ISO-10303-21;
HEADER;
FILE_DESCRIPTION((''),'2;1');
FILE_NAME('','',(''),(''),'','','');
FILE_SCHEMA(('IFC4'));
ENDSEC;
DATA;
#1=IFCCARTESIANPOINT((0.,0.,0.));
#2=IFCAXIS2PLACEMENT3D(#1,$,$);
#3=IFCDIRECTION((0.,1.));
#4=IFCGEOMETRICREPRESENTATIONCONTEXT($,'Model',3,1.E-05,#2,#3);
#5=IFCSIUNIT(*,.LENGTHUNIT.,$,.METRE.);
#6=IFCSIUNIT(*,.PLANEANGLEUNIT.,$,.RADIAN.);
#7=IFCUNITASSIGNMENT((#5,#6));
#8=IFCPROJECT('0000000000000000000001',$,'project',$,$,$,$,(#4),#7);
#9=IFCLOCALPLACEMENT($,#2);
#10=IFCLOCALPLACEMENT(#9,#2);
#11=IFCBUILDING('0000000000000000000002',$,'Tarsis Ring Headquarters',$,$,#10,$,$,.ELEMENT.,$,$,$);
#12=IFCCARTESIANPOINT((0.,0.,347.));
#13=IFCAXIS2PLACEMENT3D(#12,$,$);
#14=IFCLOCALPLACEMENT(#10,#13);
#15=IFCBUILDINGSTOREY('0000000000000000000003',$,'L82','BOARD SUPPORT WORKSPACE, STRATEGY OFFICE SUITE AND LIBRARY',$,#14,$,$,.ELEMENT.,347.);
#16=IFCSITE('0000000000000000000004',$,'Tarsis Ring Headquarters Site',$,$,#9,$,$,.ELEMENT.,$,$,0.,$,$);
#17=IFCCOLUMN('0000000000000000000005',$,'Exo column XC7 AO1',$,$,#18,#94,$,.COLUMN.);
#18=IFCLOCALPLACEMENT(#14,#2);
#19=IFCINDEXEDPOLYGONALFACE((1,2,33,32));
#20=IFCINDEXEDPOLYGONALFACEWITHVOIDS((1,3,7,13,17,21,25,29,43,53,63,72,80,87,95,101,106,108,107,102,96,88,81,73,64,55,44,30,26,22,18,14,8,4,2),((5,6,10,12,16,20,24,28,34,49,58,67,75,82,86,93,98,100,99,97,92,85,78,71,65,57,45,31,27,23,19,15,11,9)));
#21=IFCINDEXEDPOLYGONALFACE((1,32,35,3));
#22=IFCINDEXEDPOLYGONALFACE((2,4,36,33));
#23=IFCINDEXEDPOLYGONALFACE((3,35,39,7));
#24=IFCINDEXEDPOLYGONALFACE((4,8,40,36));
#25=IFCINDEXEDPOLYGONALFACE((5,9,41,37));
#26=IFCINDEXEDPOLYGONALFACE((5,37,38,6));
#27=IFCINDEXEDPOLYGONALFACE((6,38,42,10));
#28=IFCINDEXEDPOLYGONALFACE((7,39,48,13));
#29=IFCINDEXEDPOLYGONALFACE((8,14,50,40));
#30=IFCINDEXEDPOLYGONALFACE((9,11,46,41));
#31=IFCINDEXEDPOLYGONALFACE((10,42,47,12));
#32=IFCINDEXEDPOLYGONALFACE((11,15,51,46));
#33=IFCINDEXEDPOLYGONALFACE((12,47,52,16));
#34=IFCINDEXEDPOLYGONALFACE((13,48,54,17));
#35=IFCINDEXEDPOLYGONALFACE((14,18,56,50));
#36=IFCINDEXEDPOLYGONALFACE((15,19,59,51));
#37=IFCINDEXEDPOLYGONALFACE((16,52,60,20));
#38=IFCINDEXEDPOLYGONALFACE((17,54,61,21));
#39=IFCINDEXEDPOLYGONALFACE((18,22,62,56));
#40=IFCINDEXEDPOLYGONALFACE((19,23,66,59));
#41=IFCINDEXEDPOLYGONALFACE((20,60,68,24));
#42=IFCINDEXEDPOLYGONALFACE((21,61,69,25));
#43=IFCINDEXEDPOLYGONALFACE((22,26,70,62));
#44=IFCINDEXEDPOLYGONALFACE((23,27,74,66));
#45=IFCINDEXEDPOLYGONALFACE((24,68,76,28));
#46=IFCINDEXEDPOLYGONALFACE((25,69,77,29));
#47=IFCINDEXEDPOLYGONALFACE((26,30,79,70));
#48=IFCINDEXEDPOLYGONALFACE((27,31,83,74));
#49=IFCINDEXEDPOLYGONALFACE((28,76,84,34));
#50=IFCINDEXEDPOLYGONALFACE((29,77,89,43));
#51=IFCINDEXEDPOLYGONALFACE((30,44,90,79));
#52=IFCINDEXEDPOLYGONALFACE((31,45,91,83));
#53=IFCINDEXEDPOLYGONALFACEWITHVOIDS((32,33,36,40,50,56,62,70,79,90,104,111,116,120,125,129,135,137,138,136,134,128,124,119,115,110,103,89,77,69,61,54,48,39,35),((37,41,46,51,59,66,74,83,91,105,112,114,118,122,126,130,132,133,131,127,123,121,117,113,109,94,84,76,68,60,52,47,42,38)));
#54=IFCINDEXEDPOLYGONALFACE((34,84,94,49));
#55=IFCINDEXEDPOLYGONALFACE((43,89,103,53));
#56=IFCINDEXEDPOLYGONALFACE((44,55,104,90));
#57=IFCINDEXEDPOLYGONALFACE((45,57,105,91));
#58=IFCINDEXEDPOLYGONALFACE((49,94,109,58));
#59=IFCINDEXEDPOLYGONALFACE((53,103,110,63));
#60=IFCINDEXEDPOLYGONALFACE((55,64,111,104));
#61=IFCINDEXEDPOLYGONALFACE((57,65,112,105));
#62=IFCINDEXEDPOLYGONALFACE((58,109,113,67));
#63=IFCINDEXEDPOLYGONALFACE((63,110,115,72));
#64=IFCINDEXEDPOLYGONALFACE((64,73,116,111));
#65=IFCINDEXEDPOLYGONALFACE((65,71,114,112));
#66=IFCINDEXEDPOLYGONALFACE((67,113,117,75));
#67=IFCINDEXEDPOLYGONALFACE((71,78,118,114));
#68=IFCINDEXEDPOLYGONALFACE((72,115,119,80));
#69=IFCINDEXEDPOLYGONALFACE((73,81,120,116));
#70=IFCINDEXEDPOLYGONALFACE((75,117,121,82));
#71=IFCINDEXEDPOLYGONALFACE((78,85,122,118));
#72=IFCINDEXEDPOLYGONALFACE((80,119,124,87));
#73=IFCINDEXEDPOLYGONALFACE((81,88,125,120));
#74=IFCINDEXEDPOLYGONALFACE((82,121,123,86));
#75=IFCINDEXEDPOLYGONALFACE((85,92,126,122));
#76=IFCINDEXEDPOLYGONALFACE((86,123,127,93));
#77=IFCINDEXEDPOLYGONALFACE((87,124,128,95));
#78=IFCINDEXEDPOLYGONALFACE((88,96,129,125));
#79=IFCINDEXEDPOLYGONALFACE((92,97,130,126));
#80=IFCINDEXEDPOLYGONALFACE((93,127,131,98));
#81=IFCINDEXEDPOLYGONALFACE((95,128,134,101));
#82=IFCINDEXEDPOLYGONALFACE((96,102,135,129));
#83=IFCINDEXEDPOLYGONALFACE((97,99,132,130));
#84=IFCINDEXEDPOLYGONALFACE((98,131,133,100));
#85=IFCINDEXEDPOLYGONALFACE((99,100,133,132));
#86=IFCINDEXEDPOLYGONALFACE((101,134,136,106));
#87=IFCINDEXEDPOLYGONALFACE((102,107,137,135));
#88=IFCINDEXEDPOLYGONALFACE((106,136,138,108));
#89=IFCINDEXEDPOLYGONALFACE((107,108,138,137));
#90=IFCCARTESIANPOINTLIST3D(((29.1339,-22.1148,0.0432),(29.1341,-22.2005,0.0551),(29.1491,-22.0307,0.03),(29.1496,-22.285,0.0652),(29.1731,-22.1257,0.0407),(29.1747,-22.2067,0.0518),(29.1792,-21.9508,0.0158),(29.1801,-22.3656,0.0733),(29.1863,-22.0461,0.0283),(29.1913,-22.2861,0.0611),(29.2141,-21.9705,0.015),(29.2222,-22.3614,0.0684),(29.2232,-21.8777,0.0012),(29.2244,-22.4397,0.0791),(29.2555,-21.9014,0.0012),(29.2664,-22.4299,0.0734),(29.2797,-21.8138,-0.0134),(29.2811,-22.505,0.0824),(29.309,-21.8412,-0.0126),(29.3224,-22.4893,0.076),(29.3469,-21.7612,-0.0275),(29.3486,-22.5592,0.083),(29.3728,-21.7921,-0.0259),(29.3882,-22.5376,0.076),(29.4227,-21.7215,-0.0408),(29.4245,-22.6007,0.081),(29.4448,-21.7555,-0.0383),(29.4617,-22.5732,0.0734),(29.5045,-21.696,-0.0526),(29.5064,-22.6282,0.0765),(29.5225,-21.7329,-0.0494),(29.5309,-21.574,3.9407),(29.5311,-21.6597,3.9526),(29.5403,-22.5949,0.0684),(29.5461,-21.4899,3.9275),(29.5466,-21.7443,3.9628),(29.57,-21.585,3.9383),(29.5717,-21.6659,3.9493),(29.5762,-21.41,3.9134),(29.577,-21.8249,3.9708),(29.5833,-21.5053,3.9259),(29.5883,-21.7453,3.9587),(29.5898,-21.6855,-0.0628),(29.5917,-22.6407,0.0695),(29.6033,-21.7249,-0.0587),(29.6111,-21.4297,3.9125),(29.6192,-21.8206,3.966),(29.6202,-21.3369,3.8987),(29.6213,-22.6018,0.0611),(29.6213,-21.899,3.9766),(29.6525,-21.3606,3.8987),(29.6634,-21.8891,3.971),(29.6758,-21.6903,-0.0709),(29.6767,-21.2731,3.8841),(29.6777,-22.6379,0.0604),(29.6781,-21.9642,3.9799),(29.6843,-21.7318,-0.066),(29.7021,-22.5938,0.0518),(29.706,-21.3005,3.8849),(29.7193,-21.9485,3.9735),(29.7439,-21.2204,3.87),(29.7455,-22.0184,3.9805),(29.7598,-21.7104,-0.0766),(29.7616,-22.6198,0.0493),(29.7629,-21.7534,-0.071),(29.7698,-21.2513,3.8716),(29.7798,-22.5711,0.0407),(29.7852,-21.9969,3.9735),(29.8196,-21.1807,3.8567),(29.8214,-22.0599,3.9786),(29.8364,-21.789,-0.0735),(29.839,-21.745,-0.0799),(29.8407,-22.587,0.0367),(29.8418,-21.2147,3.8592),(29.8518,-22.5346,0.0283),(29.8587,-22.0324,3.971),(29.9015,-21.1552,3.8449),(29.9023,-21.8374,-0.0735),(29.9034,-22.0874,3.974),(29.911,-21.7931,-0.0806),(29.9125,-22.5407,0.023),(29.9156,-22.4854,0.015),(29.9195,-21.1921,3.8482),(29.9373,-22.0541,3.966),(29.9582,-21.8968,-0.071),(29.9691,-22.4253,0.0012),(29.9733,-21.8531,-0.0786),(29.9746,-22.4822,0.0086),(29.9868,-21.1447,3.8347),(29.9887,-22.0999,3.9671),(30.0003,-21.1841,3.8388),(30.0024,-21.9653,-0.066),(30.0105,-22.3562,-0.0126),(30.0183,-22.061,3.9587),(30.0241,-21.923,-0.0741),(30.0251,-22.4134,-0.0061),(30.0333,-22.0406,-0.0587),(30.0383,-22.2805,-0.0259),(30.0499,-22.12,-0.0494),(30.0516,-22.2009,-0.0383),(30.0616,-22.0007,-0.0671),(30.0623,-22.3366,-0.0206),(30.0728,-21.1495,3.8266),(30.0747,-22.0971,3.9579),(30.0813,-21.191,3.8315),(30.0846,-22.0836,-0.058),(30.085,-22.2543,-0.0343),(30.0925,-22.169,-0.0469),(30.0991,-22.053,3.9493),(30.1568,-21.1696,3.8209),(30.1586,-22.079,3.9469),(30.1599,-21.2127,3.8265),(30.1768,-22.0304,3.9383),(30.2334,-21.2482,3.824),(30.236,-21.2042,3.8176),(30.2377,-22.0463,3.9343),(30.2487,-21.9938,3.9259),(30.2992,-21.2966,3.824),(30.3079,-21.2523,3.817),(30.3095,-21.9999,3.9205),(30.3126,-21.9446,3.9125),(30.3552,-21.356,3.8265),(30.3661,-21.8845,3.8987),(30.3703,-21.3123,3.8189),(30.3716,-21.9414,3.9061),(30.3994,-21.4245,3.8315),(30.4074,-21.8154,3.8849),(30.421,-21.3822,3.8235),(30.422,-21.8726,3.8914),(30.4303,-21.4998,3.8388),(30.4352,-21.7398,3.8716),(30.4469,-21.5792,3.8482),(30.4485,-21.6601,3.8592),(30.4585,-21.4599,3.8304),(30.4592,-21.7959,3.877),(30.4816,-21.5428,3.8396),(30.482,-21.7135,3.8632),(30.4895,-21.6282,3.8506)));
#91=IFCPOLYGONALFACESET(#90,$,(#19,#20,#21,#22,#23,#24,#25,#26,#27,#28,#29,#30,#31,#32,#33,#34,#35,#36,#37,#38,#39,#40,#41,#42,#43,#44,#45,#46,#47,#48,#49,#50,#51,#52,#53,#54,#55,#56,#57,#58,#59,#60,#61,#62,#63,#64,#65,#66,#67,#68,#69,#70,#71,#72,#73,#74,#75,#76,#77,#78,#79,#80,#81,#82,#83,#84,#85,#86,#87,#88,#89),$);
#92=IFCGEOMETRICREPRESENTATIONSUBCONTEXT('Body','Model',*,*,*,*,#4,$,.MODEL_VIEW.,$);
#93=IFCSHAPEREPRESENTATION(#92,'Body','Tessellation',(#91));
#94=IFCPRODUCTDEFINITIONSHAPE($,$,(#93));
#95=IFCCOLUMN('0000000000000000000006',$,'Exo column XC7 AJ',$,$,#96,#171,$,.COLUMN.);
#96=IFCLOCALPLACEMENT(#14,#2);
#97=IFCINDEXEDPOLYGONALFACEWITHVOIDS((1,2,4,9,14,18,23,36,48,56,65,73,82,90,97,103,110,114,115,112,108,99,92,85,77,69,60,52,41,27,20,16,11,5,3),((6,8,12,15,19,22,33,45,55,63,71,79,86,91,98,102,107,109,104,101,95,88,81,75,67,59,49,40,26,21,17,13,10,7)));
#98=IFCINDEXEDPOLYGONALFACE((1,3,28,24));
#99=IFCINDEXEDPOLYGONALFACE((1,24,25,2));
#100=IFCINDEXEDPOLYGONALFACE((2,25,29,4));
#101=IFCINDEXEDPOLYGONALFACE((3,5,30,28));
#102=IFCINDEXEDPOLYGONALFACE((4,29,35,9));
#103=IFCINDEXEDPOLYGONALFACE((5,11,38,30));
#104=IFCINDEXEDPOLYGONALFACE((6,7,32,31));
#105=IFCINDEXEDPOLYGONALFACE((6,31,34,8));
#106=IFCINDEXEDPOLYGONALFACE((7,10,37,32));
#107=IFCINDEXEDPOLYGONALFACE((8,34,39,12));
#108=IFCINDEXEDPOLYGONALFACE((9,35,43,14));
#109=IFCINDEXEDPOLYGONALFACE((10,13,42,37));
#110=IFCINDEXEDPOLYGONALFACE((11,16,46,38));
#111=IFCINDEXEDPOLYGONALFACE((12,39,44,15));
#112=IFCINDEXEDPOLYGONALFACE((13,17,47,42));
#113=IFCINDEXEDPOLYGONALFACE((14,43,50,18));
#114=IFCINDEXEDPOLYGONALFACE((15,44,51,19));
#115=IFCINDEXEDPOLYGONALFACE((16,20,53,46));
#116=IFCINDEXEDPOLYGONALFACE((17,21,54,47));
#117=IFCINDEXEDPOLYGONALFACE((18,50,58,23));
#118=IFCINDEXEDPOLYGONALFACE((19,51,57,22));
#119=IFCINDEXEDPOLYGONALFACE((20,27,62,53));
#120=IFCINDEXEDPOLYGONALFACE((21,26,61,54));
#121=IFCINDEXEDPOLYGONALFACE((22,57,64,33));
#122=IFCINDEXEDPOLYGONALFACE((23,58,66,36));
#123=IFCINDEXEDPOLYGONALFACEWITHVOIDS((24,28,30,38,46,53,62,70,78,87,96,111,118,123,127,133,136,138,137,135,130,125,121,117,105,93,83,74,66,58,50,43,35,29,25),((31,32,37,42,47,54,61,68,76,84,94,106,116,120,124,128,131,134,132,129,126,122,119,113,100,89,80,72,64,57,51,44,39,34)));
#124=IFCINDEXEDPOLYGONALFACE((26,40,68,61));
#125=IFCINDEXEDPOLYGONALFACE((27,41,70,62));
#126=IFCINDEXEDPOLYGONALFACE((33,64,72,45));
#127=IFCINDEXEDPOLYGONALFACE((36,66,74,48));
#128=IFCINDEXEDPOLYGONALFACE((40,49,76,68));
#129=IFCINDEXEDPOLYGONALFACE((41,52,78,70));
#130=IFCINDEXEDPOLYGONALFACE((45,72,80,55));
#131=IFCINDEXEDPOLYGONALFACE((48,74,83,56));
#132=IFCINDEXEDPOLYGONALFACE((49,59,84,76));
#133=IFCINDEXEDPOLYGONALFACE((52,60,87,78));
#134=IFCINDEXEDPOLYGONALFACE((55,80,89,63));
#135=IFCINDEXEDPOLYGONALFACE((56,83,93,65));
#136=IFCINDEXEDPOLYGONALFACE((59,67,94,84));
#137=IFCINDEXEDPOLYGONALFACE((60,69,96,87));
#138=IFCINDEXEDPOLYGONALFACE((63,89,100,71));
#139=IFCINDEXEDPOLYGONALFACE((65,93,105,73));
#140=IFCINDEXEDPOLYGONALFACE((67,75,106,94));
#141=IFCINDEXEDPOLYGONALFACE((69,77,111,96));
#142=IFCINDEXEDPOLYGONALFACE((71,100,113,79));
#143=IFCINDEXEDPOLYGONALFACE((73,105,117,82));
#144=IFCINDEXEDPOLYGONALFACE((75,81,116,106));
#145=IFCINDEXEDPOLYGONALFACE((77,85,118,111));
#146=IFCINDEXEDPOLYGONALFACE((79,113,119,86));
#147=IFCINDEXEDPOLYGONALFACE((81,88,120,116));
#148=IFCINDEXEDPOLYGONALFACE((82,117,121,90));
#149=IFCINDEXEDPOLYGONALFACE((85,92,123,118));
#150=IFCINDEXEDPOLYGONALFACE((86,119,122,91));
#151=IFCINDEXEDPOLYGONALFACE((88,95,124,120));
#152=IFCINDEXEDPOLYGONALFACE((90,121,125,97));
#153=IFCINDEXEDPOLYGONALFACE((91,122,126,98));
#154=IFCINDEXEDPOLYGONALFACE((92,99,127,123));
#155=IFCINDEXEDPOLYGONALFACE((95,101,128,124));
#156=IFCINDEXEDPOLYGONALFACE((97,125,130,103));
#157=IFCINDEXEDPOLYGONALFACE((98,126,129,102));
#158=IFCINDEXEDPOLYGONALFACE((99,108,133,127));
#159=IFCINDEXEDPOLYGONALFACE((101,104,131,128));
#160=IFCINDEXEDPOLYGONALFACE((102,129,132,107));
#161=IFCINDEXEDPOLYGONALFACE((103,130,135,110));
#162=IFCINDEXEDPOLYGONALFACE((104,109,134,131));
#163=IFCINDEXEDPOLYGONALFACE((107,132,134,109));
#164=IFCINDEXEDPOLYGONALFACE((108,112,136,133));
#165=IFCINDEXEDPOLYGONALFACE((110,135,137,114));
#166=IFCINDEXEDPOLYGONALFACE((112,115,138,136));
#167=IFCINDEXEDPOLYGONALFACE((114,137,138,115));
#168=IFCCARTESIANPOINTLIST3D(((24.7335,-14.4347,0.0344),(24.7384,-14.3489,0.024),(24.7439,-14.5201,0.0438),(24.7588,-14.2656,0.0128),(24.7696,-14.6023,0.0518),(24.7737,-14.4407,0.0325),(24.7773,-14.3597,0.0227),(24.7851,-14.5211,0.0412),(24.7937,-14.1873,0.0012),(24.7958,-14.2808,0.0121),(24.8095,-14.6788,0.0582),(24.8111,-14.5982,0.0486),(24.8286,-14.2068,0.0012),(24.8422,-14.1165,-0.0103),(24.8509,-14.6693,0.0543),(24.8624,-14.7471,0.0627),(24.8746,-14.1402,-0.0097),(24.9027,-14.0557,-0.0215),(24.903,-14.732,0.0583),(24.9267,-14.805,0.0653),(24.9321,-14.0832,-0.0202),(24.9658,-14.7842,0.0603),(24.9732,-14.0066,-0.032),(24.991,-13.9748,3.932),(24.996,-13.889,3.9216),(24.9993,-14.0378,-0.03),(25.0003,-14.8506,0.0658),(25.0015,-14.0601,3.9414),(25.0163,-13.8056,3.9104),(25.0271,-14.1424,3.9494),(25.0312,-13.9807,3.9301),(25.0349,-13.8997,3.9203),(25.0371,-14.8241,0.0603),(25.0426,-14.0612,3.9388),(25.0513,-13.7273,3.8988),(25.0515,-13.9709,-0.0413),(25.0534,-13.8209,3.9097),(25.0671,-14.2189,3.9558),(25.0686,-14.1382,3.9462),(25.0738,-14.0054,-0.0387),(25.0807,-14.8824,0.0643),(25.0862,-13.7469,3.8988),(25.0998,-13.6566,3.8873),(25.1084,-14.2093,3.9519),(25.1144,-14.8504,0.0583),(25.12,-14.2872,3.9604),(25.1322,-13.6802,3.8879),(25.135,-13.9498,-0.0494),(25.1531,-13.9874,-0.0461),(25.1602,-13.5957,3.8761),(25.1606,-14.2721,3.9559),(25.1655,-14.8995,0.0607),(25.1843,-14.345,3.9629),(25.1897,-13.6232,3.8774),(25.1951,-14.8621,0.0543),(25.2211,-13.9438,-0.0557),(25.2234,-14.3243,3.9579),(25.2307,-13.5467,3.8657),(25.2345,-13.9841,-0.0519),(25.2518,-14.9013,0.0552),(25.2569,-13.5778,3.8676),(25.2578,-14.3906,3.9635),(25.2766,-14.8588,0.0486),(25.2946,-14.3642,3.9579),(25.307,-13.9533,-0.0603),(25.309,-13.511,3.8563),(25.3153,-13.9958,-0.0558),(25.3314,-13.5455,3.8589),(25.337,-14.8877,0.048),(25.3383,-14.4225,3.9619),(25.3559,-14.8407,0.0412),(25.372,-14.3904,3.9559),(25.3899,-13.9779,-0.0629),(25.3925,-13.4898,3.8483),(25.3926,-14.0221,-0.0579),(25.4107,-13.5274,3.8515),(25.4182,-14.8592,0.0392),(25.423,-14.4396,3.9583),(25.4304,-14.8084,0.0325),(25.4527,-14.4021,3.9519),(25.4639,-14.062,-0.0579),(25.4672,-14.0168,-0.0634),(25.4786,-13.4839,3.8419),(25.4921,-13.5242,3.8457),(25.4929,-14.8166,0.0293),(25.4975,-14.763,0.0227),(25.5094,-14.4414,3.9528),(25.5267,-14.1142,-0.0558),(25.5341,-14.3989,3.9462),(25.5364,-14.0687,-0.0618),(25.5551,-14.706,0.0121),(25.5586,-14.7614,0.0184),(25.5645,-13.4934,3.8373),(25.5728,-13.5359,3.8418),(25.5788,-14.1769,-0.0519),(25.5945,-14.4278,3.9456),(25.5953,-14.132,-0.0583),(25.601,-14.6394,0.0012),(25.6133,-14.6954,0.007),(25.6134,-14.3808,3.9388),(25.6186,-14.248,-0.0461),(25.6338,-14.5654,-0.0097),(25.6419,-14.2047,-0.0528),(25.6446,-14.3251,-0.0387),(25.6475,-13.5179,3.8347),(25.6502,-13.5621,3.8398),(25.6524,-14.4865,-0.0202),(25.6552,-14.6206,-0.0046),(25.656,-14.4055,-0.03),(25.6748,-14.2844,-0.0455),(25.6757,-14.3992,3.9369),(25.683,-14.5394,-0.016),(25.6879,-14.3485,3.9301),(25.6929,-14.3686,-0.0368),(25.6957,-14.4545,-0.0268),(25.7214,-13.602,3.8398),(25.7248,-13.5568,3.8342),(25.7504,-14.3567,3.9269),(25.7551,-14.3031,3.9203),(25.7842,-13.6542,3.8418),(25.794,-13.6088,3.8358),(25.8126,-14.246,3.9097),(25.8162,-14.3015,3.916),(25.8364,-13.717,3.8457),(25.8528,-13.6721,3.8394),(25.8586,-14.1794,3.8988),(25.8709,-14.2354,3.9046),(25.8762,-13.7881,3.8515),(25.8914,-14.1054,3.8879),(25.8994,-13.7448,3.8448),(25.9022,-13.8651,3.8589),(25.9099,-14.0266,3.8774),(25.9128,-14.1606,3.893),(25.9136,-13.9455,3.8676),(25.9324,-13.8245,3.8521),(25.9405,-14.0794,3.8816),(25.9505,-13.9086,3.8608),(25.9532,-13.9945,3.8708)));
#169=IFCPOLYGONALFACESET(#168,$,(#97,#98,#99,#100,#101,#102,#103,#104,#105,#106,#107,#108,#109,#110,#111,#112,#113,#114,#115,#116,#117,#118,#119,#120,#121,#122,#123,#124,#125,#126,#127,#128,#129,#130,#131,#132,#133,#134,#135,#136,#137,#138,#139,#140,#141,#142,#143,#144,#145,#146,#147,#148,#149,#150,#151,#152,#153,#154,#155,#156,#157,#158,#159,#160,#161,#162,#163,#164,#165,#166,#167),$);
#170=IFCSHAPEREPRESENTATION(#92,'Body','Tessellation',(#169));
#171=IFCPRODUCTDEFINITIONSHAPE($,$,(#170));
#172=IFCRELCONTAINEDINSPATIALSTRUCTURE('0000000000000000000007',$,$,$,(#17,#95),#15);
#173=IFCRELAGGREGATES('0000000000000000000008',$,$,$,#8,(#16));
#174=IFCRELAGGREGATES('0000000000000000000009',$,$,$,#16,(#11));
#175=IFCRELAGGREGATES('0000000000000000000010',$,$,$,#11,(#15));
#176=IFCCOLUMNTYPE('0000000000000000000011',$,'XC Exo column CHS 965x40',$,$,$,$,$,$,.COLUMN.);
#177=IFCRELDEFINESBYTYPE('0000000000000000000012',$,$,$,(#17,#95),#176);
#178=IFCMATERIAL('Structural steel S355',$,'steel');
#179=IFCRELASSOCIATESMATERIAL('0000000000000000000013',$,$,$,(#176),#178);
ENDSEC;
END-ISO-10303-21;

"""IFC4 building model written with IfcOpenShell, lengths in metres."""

from ifc_helpers import new_model, si_unit, direction, frame, origin, origin_2d, place, context, subcontext, project, spatial, hollow_circle, extrude, material, material_profile, profile_set, type_object, element, save


model = new_model("IFC4")

# Units and contexts
model_context = context("Model", 3, precision=1e-05, world=origin(), true_north=direction((0.0, 1.0)))
body_context = subcontext(model_context, "Body", "Model", "MODEL_VIEW")
ifc_project = project(units=[si_unit("LENGTHUNIT", "METRE"), si_unit("PLANEANGLEUNIT", "RADIAN")], contexts=[model_context])

# Site, building, storey
site_placement = place(None, origin())
site = spatial("IfcSite", under=ifc_project, at=site_placement, Name="Tarsis Ring Headquarters Site", CompositionType="ELEMENT", RefElevation=0.0)
building_placement = place(site_placement, origin())
building = spatial("IfcBuilding", under=site, at=building_placement, Name="Tarsis Ring Headquarters", CompositionType="ELEMENT")
storey_placement = place(building_placement, frame((0.0, 0.0, 347.0)))
storey = spatial("IfcBuildingStorey", under=building, at=storey_placement, Name="L82", Description="BOARD SUPPORT WORKSPACE, STRATEGY OFFICE SUITE AND LIBRARY", CompositionType="ELEMENT", Elevation=347.0)

# Columns
ifc_material_1 = material(Name="Structural steel S355", Category="steel")
ifc_material_profile_1 = material_profile(ifc_material_1, hollow_circle(Radius=0.4827, WallThickness=0.04, at=origin_2d()), Name="CHS 965x40")
ifc_profile_set_1 = profile_set([ifc_material_profile_1], Name="Structural steel S355")
column_type = type_object("IfcColumnType", Name="XC Exo column CHS 965x40", PredefinedType="COLUMN", material=ifc_profile_set_1)
column_1_placement = place(storey_placement, frame((29.6123, -22.1633, 0.0012), z_axis=(0.100378, 0.136739, 0.985508), x_axis=(-0.806116, 0.591758, 0.0)))
element("IfcColumn", 1, at=column_1_placement, inside=storey, type_object=column_type, Name="Exo column XC7 AO1", PredefinedType="COLUMN", context=body_context, shape_type="SweptSolid", body=[
    extrude(hollow_circle(Radius=0.4827, WallThickness=0.04, at=origin_2d()), origin(), (0.0, 0.0, 1.0), 3.9548),
])
column_2_placement = place(storey_placement, frame((25.2148, -14.4231, 0.0012), z_axis=(0.065486, 0.116943, 0.990977), x_axis=(-0.872514, 0.488589, 0.0)))
element("IfcColumn", 2, at=column_2_placement, inside=storey, type_object=column_type, Name="Exo column XC7 AJ", PredefinedType="COLUMN", context=body_context, shape_type="SweptSolid", body=[
    extrude(hollow_circle(Radius=0.4827, WallThickness=0.04, at=origin_2d()), origin(), (0.0, 0.0, 1.0), 3.9331),
])

save(model, "model.ifc")
